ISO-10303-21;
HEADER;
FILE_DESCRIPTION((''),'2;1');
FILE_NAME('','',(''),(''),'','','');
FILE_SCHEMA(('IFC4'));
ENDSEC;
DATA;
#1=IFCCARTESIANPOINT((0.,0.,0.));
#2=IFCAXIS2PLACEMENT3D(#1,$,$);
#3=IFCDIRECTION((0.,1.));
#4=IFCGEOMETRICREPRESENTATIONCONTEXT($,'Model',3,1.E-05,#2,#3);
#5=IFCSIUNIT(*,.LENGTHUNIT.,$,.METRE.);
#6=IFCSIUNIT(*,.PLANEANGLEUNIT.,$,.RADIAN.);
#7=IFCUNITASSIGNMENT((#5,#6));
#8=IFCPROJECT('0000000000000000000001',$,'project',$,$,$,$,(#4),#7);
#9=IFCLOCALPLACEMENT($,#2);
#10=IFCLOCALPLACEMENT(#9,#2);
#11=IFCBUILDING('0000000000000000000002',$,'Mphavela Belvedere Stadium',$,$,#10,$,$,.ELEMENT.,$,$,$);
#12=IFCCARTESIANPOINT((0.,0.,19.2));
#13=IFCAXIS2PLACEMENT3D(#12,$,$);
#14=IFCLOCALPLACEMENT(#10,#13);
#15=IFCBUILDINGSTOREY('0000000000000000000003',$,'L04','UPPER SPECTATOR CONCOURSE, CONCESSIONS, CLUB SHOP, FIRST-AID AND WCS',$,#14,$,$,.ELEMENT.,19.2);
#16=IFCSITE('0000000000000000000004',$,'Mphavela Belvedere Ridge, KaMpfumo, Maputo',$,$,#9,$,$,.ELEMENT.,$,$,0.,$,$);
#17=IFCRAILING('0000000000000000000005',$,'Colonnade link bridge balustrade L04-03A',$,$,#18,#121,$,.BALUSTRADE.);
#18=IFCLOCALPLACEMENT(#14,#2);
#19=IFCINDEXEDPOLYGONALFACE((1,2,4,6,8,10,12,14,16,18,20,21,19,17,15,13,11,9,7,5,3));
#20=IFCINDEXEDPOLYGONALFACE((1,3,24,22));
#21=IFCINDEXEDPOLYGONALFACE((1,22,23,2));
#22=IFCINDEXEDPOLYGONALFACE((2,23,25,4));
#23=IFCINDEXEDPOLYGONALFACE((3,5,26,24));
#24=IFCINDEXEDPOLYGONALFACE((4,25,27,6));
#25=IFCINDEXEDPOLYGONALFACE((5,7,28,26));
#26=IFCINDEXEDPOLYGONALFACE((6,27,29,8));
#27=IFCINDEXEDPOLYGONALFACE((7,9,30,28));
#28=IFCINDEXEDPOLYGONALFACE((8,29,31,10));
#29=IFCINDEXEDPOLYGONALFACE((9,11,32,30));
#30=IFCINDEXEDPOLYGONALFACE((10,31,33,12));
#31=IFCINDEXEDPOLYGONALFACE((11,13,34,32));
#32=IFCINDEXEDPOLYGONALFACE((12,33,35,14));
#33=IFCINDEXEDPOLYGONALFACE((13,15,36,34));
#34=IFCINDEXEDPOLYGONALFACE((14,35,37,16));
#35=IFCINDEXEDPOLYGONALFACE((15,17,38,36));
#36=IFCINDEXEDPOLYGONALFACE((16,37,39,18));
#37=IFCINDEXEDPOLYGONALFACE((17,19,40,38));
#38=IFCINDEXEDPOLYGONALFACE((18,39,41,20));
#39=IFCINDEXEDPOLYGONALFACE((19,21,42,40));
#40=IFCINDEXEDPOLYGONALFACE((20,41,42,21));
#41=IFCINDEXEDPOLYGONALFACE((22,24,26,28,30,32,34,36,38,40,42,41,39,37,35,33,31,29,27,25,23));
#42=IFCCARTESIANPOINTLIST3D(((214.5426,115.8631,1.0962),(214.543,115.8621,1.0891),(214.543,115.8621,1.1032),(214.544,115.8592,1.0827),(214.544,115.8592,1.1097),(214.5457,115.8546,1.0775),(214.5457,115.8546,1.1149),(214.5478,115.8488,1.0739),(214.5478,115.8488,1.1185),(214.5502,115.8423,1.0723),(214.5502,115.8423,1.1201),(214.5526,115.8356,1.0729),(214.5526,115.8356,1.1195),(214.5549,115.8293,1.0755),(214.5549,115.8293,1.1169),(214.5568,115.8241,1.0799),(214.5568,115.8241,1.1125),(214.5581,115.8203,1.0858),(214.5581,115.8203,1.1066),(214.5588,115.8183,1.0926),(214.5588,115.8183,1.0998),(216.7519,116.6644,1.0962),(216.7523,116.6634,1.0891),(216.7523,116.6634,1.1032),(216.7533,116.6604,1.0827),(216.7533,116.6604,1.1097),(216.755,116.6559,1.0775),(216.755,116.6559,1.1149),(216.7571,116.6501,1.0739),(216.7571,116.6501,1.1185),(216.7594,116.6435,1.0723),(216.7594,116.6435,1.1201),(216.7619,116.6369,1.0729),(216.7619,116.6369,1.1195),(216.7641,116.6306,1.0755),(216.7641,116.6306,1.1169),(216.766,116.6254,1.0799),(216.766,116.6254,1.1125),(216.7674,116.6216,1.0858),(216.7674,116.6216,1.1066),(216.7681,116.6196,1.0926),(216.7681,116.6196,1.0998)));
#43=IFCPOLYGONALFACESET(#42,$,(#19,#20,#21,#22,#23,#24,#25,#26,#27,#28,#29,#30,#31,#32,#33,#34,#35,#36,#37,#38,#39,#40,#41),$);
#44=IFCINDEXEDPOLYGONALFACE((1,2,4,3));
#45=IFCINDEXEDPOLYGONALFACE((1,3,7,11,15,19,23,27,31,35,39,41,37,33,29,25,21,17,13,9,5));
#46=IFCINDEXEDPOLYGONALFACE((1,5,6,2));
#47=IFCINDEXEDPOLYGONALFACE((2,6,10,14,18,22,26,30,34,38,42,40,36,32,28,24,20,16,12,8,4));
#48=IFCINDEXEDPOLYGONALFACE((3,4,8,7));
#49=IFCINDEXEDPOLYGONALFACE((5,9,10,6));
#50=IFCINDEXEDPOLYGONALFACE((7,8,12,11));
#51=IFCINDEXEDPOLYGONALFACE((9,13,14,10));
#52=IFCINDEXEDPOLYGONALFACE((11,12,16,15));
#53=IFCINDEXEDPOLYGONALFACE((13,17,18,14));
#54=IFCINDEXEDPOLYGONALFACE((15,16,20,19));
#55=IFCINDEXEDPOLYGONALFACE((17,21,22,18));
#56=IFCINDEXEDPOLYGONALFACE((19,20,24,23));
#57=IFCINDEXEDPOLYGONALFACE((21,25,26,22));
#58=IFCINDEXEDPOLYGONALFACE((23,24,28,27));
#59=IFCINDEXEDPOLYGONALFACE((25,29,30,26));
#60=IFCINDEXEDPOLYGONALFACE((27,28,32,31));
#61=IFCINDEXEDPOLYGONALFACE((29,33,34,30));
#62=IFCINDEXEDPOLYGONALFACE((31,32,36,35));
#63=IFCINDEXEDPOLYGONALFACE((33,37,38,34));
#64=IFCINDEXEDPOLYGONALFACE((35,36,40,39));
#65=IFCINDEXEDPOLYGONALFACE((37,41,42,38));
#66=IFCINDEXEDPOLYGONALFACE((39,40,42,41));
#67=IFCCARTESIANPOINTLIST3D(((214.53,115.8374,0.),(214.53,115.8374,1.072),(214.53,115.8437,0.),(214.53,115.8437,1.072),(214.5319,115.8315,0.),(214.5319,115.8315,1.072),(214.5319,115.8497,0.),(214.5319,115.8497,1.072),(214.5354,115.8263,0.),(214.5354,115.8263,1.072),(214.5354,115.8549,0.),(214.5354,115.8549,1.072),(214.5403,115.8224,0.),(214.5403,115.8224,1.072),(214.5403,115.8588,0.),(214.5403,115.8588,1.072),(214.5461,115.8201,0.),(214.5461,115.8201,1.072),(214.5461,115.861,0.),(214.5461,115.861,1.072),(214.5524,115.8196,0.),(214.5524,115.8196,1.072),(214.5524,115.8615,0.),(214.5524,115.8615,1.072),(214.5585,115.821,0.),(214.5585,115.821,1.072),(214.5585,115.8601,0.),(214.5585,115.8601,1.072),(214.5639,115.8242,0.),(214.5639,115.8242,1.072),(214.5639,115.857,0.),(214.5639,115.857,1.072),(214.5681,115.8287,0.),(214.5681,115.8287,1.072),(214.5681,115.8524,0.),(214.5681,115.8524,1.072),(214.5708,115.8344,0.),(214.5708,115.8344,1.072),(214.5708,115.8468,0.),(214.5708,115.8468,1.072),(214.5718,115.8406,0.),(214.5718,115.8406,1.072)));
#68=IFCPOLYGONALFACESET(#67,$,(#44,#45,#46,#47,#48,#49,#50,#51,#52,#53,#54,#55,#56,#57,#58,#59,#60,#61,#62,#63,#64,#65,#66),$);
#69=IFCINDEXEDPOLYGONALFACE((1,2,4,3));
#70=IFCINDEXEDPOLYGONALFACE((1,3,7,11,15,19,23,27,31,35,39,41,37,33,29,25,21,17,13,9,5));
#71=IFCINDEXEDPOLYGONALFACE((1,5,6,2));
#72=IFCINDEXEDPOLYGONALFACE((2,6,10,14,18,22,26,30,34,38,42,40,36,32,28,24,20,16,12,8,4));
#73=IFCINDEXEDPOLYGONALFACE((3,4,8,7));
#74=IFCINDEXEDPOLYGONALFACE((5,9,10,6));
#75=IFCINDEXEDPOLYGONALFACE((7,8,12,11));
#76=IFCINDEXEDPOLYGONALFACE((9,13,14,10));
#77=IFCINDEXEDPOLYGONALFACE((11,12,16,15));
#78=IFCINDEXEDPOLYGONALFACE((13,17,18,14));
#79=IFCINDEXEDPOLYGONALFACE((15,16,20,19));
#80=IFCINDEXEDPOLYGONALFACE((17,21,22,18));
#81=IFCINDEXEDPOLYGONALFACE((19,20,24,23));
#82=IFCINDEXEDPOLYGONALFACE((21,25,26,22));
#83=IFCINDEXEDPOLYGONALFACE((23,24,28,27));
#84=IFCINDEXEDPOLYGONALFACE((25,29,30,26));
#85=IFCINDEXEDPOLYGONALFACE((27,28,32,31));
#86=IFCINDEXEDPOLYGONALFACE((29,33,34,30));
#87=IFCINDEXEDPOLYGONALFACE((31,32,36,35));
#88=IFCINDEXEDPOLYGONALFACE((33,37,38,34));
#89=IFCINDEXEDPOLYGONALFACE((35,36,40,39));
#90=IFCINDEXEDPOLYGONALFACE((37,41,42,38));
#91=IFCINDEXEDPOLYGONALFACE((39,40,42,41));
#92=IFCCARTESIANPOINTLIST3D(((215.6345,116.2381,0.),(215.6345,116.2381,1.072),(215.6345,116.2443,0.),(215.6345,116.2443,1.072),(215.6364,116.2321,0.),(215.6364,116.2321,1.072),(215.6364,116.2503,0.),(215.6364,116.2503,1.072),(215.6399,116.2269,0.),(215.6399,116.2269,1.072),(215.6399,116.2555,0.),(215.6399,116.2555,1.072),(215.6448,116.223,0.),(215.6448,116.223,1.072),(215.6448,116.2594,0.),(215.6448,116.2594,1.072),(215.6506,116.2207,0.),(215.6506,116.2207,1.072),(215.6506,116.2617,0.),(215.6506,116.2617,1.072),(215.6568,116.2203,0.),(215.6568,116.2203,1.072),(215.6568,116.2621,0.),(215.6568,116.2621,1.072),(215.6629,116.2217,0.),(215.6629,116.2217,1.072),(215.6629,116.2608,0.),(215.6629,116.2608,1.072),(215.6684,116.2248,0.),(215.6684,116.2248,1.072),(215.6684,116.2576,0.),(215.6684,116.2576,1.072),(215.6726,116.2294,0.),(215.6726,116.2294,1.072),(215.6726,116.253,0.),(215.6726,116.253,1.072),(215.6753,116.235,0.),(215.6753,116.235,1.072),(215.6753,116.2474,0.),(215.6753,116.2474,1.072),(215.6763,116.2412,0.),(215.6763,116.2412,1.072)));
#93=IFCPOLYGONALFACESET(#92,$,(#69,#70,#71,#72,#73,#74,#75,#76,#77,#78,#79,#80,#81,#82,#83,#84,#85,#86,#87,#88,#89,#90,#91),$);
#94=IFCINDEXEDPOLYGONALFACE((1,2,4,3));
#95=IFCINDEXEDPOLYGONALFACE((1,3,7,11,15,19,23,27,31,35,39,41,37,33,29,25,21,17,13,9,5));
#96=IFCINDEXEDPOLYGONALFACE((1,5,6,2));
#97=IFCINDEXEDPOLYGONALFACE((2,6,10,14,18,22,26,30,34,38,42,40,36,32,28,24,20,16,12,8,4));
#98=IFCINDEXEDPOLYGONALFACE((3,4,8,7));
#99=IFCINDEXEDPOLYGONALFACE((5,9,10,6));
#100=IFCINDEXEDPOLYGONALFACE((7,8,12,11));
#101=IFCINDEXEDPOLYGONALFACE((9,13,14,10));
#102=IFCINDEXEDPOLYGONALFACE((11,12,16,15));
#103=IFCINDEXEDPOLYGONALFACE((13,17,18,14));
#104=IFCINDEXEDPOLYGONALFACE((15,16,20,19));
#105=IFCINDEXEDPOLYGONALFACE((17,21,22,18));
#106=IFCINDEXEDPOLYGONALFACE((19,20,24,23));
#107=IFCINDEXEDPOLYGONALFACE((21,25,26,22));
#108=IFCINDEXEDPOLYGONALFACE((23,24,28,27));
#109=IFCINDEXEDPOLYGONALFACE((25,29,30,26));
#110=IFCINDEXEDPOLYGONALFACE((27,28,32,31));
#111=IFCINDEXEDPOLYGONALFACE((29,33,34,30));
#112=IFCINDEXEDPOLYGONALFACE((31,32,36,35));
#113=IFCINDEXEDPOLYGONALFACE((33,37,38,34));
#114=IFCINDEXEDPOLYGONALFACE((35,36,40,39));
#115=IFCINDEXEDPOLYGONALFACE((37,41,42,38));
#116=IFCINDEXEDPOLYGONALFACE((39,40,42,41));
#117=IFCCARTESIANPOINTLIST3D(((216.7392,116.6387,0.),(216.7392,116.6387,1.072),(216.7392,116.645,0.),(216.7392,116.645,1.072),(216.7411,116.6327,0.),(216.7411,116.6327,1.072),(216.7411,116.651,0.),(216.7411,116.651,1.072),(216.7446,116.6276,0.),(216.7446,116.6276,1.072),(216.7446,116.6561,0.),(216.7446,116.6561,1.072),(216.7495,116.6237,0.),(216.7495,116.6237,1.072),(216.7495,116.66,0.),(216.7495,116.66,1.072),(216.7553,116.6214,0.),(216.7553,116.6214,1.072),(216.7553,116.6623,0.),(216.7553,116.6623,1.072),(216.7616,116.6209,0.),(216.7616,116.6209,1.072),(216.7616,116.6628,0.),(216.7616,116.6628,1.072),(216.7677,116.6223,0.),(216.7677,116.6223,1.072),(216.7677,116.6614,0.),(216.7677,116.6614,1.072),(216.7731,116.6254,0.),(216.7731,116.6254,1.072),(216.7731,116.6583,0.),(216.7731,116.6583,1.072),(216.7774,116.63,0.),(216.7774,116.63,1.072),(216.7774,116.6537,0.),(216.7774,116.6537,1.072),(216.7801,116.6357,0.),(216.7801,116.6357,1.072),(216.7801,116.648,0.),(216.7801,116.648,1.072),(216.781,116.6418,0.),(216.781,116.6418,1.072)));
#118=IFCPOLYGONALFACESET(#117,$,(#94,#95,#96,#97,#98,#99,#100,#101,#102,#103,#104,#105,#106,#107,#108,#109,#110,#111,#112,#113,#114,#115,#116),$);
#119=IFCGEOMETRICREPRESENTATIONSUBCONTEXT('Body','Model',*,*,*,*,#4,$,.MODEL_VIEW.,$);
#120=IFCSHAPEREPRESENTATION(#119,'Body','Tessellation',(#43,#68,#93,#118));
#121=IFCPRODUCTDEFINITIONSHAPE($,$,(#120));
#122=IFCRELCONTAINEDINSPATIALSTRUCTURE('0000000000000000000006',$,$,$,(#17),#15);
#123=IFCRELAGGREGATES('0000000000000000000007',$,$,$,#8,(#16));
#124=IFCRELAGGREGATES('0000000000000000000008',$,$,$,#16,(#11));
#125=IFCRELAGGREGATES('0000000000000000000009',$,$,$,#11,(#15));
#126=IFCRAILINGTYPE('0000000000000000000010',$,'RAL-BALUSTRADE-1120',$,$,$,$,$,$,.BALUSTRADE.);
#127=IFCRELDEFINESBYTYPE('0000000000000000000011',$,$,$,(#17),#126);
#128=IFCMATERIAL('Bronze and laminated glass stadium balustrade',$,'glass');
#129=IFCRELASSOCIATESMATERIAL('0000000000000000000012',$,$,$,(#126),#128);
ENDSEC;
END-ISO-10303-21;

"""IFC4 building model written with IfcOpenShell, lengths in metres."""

from ifc_helpers import new_model, si_unit, direction, frame, origin, origin_2d, place, context, subcontext, project, spatial, circle, extrude, material, type_object, element, save


model = new_model("IFC4")

# Units and contexts
model_context = context("Model", 3, precision=1e-05, world=origin(), true_north=direction((0.0, 1.0)))
body_context = subcontext(model_context, "Body", "Model", "MODEL_VIEW")
ifc_project = project(units=[si_unit("LENGTHUNIT", "METRE"), si_unit("PLANEANGLEUNIT", "RADIAN")], contexts=[model_context])

# Site, building, storey
site_placement = place(None, origin())
site = spatial("IfcSite", under=ifc_project, at=site_placement, Name="Mphavela Belvedere Ridge, KaMpfumo, Maputo", CompositionType="ELEMENT", RefElevation=0.0)
building_placement = place(site_placement, origin())
building = spatial("IfcBuilding", under=site, at=building_placement, Name="Mphavela Belvedere Stadium", CompositionType="ELEMENT")
storey_placement = place(building_placement, frame((0.0, 0.0, 19.2)))
storey = spatial("IfcBuildingStorey", under=building, at=storey_placement, Name="L04", Description="UPPER SPECTATOR CONCOURSE, CONCESSIONS, CLUB SHOP, FIRST-AID AND WCS", CompositionType="ELEMENT", Elevation=19.2)

# Railing
ifc_material_1 = material(Name="Bronze and laminated glass stadium balustrade", Category="glass")
railing_type = type_object("IfcRailingType", Name="RAL-BALUSTRADE-1120", PredefinedType="BALUSTRADE", material=ifc_material_1)
railing_1_placement = place(storey_placement, frame((214.5508, 115.8406, 0.0)))
element("IfcRailing", 1, at=railing_1_placement, inside=storey, type_object=railing_type, Name="Colonnade link bridge balustrade L04-03A", PredefinedType="BALUSTRADE", context=body_context, shape_type="SweptSolid", body=[
    extrude(circle(Radius=0.0239, at=origin_2d()), frame((0.0, 0.0, 1.0962), z_axis=(0.940078, 0.340959, 0.0), x_axis=(-0.340959, 0.940078, 0.0)), (0.0, 0.0, 1.0), 2.3501),
    extrude(circle(Radius=0.021, at=origin_2d()), origin(), (0.0, 0.0, 1.0), 1.072),
    extrude(circle(Radius=0.021, at=origin_2d()), frame((1.1045, 0.4006, 0.0)), (0.0, 0.0, 1.0), 1.072),
    extrude(circle(Radius=0.021, at=origin_2d()), frame((2.2092, 0.8013, 0.0)), (0.0, 0.0, 1.0), 1.072),
])

save(model, "model.ifc")
